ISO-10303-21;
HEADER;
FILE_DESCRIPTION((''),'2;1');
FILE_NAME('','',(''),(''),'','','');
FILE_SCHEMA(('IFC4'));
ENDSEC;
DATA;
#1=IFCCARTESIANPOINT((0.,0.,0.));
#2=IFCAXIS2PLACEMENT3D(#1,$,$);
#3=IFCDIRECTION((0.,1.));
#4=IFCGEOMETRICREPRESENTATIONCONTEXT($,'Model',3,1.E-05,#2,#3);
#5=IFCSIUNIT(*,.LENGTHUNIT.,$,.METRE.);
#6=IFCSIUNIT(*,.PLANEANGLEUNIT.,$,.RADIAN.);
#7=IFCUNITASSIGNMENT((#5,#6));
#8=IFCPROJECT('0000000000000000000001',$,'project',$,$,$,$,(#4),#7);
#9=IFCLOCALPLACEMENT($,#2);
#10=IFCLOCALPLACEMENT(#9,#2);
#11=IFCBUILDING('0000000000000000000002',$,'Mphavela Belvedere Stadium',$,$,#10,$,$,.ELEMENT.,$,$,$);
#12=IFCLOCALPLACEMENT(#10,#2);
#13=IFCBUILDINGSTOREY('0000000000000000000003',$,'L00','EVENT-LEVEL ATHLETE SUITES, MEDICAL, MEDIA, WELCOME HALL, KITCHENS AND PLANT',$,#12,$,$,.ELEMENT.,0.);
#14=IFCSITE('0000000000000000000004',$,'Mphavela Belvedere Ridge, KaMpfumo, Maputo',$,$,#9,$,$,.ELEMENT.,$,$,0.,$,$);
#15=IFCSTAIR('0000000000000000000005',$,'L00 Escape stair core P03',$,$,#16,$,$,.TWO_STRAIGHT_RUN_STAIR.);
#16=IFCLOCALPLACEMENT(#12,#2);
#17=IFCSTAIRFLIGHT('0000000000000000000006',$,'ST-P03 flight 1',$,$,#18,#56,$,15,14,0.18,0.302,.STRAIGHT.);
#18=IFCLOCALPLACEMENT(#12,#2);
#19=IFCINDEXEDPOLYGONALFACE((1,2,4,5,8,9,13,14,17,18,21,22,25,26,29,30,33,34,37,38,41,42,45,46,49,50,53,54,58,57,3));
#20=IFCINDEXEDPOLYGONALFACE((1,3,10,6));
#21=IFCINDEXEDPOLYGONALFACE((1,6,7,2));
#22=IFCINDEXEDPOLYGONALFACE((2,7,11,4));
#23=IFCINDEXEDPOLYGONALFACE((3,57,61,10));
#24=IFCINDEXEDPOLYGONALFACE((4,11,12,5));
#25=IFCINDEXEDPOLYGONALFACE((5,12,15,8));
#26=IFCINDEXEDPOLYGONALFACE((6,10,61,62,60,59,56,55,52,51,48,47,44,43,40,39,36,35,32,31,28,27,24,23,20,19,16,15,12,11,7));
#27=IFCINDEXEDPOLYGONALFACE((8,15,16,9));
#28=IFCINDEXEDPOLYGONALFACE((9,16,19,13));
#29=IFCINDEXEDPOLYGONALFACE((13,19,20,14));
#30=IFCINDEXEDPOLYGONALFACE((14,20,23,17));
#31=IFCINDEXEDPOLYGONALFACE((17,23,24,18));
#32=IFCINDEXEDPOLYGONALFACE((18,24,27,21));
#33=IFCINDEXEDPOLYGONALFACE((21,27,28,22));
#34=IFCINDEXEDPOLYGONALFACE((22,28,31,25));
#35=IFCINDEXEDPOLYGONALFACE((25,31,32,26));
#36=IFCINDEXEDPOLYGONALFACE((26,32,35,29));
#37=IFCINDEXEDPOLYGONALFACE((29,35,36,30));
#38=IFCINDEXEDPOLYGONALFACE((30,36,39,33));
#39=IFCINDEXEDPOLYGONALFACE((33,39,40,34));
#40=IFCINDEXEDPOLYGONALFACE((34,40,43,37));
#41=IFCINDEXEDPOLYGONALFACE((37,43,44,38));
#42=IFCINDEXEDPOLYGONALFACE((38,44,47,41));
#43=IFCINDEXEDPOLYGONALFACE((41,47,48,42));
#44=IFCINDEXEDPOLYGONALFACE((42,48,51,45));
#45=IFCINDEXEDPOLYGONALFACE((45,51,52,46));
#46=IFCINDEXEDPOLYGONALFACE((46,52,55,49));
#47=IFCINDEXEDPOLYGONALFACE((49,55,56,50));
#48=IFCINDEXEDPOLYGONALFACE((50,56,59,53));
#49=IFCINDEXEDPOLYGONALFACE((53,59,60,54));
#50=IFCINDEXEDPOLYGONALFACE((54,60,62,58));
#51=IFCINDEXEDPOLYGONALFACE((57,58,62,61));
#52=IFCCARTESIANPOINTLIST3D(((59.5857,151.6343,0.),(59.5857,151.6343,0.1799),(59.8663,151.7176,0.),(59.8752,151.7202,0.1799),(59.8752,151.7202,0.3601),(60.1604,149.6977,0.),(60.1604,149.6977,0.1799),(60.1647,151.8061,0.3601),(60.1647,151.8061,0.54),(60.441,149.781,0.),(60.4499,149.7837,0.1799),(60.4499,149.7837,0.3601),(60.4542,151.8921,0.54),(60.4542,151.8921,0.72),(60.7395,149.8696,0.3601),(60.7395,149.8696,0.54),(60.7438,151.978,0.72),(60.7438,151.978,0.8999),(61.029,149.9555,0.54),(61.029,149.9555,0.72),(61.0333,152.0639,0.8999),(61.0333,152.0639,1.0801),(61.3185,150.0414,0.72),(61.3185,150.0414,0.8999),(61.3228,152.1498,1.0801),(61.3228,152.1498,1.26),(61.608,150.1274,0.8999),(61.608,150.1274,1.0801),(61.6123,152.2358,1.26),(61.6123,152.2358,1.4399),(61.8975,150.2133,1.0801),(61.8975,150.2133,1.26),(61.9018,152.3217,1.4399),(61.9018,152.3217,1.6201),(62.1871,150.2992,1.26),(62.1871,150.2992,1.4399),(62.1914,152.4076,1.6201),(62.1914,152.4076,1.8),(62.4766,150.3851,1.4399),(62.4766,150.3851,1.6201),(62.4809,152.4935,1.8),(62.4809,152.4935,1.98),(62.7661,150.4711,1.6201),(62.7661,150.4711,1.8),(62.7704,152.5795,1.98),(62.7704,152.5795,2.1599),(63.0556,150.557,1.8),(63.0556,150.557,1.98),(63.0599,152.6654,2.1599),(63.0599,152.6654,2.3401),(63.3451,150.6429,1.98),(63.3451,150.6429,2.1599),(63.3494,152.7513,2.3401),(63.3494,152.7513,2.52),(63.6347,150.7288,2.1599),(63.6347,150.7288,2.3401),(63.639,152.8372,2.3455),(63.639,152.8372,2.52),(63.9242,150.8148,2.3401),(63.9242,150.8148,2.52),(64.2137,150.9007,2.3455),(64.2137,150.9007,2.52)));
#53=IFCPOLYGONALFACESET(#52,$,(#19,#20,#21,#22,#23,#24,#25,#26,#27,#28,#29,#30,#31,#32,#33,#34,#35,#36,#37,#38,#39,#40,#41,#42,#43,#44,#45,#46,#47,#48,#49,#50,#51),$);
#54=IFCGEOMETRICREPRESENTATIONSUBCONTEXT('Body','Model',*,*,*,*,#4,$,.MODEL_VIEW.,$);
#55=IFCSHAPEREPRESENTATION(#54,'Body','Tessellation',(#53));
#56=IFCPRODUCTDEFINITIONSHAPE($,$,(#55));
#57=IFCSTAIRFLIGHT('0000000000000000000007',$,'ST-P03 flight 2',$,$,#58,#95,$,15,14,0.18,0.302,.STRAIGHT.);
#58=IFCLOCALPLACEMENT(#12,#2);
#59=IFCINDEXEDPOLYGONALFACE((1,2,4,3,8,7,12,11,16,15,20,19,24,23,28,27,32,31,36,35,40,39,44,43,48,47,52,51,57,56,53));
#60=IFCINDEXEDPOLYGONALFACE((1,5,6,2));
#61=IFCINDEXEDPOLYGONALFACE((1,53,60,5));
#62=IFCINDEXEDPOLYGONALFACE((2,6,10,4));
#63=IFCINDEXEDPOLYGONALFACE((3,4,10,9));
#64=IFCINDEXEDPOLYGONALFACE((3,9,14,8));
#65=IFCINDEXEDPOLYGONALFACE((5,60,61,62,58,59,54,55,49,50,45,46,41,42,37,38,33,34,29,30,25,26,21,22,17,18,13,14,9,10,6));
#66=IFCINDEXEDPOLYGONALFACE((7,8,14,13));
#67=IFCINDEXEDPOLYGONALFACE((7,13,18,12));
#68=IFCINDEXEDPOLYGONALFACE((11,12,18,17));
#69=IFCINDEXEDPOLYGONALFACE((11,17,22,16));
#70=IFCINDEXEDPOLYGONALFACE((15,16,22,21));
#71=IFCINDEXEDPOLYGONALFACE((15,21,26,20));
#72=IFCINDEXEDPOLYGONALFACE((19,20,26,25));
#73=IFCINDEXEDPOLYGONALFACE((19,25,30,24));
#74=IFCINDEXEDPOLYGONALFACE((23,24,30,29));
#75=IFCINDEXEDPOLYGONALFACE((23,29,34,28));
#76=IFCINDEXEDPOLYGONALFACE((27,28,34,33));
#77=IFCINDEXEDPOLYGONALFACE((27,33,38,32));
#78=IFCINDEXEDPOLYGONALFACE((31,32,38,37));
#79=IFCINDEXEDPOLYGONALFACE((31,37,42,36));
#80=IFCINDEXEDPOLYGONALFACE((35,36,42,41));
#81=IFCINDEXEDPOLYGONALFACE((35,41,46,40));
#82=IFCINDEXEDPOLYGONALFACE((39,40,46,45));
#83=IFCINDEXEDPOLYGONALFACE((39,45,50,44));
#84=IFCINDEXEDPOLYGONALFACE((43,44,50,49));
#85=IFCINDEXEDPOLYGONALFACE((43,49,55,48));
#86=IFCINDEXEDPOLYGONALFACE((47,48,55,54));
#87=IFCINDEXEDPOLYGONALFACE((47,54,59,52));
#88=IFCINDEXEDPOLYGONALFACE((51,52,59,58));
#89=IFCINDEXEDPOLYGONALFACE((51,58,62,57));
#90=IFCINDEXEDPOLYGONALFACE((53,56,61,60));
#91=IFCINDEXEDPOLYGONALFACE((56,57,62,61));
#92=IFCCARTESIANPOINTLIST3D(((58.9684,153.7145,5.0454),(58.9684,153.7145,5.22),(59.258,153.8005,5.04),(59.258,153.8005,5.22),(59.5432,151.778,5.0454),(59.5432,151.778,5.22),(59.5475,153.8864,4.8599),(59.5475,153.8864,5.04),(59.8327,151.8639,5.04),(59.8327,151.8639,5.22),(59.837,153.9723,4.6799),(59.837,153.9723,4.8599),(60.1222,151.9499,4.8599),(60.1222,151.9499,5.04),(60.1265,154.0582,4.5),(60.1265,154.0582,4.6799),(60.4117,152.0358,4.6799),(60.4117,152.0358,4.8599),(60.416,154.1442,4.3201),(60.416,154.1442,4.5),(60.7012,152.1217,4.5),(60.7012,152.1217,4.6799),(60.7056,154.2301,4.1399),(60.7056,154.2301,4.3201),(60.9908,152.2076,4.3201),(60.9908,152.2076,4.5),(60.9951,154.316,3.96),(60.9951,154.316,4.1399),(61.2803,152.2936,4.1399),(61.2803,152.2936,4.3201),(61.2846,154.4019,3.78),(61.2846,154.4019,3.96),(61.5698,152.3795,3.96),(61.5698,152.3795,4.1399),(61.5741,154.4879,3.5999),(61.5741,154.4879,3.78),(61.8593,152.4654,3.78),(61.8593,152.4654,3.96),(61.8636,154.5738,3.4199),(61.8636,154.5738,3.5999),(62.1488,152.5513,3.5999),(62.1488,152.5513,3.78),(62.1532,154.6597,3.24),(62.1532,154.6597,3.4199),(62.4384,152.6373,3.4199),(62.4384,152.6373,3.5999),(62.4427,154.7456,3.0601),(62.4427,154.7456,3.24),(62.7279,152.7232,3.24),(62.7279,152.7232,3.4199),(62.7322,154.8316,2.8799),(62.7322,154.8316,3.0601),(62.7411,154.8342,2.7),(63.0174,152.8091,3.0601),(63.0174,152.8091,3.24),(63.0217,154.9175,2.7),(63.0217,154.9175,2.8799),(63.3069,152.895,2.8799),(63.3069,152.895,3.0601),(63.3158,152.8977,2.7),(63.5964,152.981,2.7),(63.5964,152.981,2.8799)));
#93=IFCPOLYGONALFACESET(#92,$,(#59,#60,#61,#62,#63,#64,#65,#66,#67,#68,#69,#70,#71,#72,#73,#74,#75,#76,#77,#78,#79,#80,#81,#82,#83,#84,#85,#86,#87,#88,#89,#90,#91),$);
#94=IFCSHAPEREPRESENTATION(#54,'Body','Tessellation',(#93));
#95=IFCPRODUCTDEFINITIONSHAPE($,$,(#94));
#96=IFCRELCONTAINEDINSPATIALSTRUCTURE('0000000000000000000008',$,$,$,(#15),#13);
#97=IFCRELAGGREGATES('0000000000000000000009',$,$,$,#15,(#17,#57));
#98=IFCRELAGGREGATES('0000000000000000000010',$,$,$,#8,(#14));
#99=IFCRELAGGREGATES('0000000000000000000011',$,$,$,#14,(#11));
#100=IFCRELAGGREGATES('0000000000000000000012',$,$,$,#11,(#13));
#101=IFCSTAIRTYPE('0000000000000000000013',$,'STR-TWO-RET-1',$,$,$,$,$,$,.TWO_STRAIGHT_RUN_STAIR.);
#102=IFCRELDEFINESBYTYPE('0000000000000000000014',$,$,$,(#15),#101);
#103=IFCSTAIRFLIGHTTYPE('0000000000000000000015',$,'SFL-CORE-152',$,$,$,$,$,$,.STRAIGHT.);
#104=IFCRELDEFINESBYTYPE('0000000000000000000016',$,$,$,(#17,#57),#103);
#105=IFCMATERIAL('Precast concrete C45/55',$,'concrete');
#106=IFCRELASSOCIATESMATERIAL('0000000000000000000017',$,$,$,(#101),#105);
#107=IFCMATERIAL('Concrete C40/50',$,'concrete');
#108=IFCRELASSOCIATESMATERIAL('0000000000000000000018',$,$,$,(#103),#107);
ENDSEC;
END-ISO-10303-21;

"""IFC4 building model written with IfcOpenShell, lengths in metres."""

from ifc_helpers import new_model, si_unit, direction, frame, origin, place, context, subcontext, project, spatial, polyline, outline, extrude, material, type_object, element, aggregate, save


model = new_model("IFC4")

# Units and contexts
model_context = context("Model", 3, precision=1e-05, world=origin(), true_north=direction((0.0, 1.0)))
body_context = subcontext(model_context, "Body", "Model", "MODEL_VIEW")
ifc_project = project(units=[si_unit("LENGTHUNIT", "METRE"), si_unit("PLANEANGLEUNIT", "RADIAN")], contexts=[model_context])

# Site, building, storey
site_placement = place(None, origin())
site = spatial("IfcSite", under=ifc_project, at=site_placement, Name="Mphavela Belvedere Ridge, KaMpfumo, Maputo", CompositionType="ELEMENT", RefElevation=0.0)
building_placement = place(site_placement, origin())
building = spatial("IfcBuilding", under=site, at=building_placement, Name="Mphavela Belvedere Stadium", CompositionType="ELEMENT")
storey_placement = place(building_placement, origin())
storey = spatial("IfcBuildingStorey", under=building, at=storey_placement, Name="L00", Description="EVENT-LEVEL ATHLETE SUITES, MEDICAL, MEDIA, WELCOME HALL, KITCHENS AND PLANT", CompositionType="ELEMENT", Elevation=0.0)

# Stair, stair flights
ifc_material_1 = material(Name="Precast concrete C45/55", Category="concrete")
stair_type = type_object("IfcStairType", Name="STR-TWO-RET-1", PredefinedType="TWO_STRAIGHT_RUN_STAIR", material=ifc_material_1)
stair_placement = place(storey_placement, origin())
stair = element("IfcStair", 1, at=stair_placement, inside=storey, type_object=stair_type, Name="L00 Escape stair core P03", PredefinedType="TWO_STRAIGHT_RUN_STAIR")
ifc_material_2 = material(Name="Concrete C40/50", Category="concrete")
stair_flight_type = type_object("IfcStairFlightType", Name="SFL-CORE-152", PredefinedType="STRAIGHT", material=ifc_material_2)
stair_flight_1_placement = place(storey_placement, frame((59.873, 150.666, 0.0), z_axis=(0.0, 0.0, 1.0), x_axis=(0.958671, 0.284517, 0.0)))
stair_flight_1 = element("IfcStairFlight", 2, at=stair_flight_1_placement, type_object=stair_flight_type, Name="ST-P03 flight 1", NumberOfRisers=15, NumberOfTreads=14, PredefinedType="STRAIGHT", RiserHeight=0.18, TreadLength=0.302, context=body_context, shape_type="SweptSolid", body=[
    extrude(outline(polyline([(0.0, 0.0), (0.0, 0.1799), (0.302, 0.1799), (0.302, 0.3601), (0.604, 0.3601), (0.604, 0.54), (0.906, 0.54), (0.906, 0.72), (1.208, 0.72), (1.208, 0.8999), (1.51, 0.8999), (1.51, 1.0801), (1.812, 1.0801), (1.812, 1.26), (2.114, 1.26), (2.114, 1.4399), (2.416, 1.4399), (2.416, 1.6201), (2.718, 1.6201), (2.718, 1.8), (3.02, 1.8), (3.02, 1.98), (3.322, 1.98), (3.322, 2.1599), (3.624, 2.1599), (3.624, 2.3401), (3.926, 2.3401), (3.926, 2.52), (4.228, 2.52), (4.228, 2.7), (4.228, 2.3455), (0.2927, 0.0), (0.0, 0.0)])), frame((0.0, 1.01, 0.0), z_axis=(0.0, -1.0, 0.0), x_axis=(1.0, 0.0, 0.0)), (0.0, 0.0, 1.0), 2.02),
])
stair_flight_2_placement = place(storey_placement, frame((63.3091, 153.9492, 2.7), z_axis=(0.0, 0.0, 1.0), x_axis=(-0.958671, -0.284517, 0.0)))
stair_flight_2 = element("IfcStairFlight", 3, at=stair_flight_2_placement, type_object=stair_flight_type, Name="ST-P03 flight 2", NumberOfRisers=15, NumberOfTreads=14, PredefinedType="STRAIGHT", RiserHeight=0.18, TreadLength=0.302, context=body_context, shape_type="SweptSolid", body=[
    extrude(outline(polyline([(0.0, 0.0), (0.0, 0.1799), (0.302, 0.1799), (0.302, 0.3601), (0.604, 0.3601), (0.604, 0.54), (0.906, 0.54), (0.906, 0.72), (1.208, 0.72), (1.208, 0.8999), (1.51, 0.8999), (1.51, 1.0801), (1.812, 1.0801), (1.812, 1.26), (2.114, 1.26), (2.114, 1.4399), (2.416, 1.4399), (2.416, 1.6201), (2.718, 1.6201), (2.718, 1.8), (3.02, 1.8), (3.02, 1.98), (3.322, 1.98), (3.322, 2.1599), (3.624, 2.1599), (3.624, 2.3401), (3.926, 2.3401), (3.926, 2.52), (4.228, 2.52), (4.228, 2.7), (4.228, 2.3455), (0.2927, 0.0), (0.0, 0.0)])), frame((0.0, 1.01, 0.0), z_axis=(0.0, -1.0, 0.0), x_axis=(1.0, 0.0, 0.0)), (0.0, 0.0, 1.0), 2.02),
])
aggregate(stair, [stair_flight_1, stair_flight_2])

save(model, "model.ifc")
